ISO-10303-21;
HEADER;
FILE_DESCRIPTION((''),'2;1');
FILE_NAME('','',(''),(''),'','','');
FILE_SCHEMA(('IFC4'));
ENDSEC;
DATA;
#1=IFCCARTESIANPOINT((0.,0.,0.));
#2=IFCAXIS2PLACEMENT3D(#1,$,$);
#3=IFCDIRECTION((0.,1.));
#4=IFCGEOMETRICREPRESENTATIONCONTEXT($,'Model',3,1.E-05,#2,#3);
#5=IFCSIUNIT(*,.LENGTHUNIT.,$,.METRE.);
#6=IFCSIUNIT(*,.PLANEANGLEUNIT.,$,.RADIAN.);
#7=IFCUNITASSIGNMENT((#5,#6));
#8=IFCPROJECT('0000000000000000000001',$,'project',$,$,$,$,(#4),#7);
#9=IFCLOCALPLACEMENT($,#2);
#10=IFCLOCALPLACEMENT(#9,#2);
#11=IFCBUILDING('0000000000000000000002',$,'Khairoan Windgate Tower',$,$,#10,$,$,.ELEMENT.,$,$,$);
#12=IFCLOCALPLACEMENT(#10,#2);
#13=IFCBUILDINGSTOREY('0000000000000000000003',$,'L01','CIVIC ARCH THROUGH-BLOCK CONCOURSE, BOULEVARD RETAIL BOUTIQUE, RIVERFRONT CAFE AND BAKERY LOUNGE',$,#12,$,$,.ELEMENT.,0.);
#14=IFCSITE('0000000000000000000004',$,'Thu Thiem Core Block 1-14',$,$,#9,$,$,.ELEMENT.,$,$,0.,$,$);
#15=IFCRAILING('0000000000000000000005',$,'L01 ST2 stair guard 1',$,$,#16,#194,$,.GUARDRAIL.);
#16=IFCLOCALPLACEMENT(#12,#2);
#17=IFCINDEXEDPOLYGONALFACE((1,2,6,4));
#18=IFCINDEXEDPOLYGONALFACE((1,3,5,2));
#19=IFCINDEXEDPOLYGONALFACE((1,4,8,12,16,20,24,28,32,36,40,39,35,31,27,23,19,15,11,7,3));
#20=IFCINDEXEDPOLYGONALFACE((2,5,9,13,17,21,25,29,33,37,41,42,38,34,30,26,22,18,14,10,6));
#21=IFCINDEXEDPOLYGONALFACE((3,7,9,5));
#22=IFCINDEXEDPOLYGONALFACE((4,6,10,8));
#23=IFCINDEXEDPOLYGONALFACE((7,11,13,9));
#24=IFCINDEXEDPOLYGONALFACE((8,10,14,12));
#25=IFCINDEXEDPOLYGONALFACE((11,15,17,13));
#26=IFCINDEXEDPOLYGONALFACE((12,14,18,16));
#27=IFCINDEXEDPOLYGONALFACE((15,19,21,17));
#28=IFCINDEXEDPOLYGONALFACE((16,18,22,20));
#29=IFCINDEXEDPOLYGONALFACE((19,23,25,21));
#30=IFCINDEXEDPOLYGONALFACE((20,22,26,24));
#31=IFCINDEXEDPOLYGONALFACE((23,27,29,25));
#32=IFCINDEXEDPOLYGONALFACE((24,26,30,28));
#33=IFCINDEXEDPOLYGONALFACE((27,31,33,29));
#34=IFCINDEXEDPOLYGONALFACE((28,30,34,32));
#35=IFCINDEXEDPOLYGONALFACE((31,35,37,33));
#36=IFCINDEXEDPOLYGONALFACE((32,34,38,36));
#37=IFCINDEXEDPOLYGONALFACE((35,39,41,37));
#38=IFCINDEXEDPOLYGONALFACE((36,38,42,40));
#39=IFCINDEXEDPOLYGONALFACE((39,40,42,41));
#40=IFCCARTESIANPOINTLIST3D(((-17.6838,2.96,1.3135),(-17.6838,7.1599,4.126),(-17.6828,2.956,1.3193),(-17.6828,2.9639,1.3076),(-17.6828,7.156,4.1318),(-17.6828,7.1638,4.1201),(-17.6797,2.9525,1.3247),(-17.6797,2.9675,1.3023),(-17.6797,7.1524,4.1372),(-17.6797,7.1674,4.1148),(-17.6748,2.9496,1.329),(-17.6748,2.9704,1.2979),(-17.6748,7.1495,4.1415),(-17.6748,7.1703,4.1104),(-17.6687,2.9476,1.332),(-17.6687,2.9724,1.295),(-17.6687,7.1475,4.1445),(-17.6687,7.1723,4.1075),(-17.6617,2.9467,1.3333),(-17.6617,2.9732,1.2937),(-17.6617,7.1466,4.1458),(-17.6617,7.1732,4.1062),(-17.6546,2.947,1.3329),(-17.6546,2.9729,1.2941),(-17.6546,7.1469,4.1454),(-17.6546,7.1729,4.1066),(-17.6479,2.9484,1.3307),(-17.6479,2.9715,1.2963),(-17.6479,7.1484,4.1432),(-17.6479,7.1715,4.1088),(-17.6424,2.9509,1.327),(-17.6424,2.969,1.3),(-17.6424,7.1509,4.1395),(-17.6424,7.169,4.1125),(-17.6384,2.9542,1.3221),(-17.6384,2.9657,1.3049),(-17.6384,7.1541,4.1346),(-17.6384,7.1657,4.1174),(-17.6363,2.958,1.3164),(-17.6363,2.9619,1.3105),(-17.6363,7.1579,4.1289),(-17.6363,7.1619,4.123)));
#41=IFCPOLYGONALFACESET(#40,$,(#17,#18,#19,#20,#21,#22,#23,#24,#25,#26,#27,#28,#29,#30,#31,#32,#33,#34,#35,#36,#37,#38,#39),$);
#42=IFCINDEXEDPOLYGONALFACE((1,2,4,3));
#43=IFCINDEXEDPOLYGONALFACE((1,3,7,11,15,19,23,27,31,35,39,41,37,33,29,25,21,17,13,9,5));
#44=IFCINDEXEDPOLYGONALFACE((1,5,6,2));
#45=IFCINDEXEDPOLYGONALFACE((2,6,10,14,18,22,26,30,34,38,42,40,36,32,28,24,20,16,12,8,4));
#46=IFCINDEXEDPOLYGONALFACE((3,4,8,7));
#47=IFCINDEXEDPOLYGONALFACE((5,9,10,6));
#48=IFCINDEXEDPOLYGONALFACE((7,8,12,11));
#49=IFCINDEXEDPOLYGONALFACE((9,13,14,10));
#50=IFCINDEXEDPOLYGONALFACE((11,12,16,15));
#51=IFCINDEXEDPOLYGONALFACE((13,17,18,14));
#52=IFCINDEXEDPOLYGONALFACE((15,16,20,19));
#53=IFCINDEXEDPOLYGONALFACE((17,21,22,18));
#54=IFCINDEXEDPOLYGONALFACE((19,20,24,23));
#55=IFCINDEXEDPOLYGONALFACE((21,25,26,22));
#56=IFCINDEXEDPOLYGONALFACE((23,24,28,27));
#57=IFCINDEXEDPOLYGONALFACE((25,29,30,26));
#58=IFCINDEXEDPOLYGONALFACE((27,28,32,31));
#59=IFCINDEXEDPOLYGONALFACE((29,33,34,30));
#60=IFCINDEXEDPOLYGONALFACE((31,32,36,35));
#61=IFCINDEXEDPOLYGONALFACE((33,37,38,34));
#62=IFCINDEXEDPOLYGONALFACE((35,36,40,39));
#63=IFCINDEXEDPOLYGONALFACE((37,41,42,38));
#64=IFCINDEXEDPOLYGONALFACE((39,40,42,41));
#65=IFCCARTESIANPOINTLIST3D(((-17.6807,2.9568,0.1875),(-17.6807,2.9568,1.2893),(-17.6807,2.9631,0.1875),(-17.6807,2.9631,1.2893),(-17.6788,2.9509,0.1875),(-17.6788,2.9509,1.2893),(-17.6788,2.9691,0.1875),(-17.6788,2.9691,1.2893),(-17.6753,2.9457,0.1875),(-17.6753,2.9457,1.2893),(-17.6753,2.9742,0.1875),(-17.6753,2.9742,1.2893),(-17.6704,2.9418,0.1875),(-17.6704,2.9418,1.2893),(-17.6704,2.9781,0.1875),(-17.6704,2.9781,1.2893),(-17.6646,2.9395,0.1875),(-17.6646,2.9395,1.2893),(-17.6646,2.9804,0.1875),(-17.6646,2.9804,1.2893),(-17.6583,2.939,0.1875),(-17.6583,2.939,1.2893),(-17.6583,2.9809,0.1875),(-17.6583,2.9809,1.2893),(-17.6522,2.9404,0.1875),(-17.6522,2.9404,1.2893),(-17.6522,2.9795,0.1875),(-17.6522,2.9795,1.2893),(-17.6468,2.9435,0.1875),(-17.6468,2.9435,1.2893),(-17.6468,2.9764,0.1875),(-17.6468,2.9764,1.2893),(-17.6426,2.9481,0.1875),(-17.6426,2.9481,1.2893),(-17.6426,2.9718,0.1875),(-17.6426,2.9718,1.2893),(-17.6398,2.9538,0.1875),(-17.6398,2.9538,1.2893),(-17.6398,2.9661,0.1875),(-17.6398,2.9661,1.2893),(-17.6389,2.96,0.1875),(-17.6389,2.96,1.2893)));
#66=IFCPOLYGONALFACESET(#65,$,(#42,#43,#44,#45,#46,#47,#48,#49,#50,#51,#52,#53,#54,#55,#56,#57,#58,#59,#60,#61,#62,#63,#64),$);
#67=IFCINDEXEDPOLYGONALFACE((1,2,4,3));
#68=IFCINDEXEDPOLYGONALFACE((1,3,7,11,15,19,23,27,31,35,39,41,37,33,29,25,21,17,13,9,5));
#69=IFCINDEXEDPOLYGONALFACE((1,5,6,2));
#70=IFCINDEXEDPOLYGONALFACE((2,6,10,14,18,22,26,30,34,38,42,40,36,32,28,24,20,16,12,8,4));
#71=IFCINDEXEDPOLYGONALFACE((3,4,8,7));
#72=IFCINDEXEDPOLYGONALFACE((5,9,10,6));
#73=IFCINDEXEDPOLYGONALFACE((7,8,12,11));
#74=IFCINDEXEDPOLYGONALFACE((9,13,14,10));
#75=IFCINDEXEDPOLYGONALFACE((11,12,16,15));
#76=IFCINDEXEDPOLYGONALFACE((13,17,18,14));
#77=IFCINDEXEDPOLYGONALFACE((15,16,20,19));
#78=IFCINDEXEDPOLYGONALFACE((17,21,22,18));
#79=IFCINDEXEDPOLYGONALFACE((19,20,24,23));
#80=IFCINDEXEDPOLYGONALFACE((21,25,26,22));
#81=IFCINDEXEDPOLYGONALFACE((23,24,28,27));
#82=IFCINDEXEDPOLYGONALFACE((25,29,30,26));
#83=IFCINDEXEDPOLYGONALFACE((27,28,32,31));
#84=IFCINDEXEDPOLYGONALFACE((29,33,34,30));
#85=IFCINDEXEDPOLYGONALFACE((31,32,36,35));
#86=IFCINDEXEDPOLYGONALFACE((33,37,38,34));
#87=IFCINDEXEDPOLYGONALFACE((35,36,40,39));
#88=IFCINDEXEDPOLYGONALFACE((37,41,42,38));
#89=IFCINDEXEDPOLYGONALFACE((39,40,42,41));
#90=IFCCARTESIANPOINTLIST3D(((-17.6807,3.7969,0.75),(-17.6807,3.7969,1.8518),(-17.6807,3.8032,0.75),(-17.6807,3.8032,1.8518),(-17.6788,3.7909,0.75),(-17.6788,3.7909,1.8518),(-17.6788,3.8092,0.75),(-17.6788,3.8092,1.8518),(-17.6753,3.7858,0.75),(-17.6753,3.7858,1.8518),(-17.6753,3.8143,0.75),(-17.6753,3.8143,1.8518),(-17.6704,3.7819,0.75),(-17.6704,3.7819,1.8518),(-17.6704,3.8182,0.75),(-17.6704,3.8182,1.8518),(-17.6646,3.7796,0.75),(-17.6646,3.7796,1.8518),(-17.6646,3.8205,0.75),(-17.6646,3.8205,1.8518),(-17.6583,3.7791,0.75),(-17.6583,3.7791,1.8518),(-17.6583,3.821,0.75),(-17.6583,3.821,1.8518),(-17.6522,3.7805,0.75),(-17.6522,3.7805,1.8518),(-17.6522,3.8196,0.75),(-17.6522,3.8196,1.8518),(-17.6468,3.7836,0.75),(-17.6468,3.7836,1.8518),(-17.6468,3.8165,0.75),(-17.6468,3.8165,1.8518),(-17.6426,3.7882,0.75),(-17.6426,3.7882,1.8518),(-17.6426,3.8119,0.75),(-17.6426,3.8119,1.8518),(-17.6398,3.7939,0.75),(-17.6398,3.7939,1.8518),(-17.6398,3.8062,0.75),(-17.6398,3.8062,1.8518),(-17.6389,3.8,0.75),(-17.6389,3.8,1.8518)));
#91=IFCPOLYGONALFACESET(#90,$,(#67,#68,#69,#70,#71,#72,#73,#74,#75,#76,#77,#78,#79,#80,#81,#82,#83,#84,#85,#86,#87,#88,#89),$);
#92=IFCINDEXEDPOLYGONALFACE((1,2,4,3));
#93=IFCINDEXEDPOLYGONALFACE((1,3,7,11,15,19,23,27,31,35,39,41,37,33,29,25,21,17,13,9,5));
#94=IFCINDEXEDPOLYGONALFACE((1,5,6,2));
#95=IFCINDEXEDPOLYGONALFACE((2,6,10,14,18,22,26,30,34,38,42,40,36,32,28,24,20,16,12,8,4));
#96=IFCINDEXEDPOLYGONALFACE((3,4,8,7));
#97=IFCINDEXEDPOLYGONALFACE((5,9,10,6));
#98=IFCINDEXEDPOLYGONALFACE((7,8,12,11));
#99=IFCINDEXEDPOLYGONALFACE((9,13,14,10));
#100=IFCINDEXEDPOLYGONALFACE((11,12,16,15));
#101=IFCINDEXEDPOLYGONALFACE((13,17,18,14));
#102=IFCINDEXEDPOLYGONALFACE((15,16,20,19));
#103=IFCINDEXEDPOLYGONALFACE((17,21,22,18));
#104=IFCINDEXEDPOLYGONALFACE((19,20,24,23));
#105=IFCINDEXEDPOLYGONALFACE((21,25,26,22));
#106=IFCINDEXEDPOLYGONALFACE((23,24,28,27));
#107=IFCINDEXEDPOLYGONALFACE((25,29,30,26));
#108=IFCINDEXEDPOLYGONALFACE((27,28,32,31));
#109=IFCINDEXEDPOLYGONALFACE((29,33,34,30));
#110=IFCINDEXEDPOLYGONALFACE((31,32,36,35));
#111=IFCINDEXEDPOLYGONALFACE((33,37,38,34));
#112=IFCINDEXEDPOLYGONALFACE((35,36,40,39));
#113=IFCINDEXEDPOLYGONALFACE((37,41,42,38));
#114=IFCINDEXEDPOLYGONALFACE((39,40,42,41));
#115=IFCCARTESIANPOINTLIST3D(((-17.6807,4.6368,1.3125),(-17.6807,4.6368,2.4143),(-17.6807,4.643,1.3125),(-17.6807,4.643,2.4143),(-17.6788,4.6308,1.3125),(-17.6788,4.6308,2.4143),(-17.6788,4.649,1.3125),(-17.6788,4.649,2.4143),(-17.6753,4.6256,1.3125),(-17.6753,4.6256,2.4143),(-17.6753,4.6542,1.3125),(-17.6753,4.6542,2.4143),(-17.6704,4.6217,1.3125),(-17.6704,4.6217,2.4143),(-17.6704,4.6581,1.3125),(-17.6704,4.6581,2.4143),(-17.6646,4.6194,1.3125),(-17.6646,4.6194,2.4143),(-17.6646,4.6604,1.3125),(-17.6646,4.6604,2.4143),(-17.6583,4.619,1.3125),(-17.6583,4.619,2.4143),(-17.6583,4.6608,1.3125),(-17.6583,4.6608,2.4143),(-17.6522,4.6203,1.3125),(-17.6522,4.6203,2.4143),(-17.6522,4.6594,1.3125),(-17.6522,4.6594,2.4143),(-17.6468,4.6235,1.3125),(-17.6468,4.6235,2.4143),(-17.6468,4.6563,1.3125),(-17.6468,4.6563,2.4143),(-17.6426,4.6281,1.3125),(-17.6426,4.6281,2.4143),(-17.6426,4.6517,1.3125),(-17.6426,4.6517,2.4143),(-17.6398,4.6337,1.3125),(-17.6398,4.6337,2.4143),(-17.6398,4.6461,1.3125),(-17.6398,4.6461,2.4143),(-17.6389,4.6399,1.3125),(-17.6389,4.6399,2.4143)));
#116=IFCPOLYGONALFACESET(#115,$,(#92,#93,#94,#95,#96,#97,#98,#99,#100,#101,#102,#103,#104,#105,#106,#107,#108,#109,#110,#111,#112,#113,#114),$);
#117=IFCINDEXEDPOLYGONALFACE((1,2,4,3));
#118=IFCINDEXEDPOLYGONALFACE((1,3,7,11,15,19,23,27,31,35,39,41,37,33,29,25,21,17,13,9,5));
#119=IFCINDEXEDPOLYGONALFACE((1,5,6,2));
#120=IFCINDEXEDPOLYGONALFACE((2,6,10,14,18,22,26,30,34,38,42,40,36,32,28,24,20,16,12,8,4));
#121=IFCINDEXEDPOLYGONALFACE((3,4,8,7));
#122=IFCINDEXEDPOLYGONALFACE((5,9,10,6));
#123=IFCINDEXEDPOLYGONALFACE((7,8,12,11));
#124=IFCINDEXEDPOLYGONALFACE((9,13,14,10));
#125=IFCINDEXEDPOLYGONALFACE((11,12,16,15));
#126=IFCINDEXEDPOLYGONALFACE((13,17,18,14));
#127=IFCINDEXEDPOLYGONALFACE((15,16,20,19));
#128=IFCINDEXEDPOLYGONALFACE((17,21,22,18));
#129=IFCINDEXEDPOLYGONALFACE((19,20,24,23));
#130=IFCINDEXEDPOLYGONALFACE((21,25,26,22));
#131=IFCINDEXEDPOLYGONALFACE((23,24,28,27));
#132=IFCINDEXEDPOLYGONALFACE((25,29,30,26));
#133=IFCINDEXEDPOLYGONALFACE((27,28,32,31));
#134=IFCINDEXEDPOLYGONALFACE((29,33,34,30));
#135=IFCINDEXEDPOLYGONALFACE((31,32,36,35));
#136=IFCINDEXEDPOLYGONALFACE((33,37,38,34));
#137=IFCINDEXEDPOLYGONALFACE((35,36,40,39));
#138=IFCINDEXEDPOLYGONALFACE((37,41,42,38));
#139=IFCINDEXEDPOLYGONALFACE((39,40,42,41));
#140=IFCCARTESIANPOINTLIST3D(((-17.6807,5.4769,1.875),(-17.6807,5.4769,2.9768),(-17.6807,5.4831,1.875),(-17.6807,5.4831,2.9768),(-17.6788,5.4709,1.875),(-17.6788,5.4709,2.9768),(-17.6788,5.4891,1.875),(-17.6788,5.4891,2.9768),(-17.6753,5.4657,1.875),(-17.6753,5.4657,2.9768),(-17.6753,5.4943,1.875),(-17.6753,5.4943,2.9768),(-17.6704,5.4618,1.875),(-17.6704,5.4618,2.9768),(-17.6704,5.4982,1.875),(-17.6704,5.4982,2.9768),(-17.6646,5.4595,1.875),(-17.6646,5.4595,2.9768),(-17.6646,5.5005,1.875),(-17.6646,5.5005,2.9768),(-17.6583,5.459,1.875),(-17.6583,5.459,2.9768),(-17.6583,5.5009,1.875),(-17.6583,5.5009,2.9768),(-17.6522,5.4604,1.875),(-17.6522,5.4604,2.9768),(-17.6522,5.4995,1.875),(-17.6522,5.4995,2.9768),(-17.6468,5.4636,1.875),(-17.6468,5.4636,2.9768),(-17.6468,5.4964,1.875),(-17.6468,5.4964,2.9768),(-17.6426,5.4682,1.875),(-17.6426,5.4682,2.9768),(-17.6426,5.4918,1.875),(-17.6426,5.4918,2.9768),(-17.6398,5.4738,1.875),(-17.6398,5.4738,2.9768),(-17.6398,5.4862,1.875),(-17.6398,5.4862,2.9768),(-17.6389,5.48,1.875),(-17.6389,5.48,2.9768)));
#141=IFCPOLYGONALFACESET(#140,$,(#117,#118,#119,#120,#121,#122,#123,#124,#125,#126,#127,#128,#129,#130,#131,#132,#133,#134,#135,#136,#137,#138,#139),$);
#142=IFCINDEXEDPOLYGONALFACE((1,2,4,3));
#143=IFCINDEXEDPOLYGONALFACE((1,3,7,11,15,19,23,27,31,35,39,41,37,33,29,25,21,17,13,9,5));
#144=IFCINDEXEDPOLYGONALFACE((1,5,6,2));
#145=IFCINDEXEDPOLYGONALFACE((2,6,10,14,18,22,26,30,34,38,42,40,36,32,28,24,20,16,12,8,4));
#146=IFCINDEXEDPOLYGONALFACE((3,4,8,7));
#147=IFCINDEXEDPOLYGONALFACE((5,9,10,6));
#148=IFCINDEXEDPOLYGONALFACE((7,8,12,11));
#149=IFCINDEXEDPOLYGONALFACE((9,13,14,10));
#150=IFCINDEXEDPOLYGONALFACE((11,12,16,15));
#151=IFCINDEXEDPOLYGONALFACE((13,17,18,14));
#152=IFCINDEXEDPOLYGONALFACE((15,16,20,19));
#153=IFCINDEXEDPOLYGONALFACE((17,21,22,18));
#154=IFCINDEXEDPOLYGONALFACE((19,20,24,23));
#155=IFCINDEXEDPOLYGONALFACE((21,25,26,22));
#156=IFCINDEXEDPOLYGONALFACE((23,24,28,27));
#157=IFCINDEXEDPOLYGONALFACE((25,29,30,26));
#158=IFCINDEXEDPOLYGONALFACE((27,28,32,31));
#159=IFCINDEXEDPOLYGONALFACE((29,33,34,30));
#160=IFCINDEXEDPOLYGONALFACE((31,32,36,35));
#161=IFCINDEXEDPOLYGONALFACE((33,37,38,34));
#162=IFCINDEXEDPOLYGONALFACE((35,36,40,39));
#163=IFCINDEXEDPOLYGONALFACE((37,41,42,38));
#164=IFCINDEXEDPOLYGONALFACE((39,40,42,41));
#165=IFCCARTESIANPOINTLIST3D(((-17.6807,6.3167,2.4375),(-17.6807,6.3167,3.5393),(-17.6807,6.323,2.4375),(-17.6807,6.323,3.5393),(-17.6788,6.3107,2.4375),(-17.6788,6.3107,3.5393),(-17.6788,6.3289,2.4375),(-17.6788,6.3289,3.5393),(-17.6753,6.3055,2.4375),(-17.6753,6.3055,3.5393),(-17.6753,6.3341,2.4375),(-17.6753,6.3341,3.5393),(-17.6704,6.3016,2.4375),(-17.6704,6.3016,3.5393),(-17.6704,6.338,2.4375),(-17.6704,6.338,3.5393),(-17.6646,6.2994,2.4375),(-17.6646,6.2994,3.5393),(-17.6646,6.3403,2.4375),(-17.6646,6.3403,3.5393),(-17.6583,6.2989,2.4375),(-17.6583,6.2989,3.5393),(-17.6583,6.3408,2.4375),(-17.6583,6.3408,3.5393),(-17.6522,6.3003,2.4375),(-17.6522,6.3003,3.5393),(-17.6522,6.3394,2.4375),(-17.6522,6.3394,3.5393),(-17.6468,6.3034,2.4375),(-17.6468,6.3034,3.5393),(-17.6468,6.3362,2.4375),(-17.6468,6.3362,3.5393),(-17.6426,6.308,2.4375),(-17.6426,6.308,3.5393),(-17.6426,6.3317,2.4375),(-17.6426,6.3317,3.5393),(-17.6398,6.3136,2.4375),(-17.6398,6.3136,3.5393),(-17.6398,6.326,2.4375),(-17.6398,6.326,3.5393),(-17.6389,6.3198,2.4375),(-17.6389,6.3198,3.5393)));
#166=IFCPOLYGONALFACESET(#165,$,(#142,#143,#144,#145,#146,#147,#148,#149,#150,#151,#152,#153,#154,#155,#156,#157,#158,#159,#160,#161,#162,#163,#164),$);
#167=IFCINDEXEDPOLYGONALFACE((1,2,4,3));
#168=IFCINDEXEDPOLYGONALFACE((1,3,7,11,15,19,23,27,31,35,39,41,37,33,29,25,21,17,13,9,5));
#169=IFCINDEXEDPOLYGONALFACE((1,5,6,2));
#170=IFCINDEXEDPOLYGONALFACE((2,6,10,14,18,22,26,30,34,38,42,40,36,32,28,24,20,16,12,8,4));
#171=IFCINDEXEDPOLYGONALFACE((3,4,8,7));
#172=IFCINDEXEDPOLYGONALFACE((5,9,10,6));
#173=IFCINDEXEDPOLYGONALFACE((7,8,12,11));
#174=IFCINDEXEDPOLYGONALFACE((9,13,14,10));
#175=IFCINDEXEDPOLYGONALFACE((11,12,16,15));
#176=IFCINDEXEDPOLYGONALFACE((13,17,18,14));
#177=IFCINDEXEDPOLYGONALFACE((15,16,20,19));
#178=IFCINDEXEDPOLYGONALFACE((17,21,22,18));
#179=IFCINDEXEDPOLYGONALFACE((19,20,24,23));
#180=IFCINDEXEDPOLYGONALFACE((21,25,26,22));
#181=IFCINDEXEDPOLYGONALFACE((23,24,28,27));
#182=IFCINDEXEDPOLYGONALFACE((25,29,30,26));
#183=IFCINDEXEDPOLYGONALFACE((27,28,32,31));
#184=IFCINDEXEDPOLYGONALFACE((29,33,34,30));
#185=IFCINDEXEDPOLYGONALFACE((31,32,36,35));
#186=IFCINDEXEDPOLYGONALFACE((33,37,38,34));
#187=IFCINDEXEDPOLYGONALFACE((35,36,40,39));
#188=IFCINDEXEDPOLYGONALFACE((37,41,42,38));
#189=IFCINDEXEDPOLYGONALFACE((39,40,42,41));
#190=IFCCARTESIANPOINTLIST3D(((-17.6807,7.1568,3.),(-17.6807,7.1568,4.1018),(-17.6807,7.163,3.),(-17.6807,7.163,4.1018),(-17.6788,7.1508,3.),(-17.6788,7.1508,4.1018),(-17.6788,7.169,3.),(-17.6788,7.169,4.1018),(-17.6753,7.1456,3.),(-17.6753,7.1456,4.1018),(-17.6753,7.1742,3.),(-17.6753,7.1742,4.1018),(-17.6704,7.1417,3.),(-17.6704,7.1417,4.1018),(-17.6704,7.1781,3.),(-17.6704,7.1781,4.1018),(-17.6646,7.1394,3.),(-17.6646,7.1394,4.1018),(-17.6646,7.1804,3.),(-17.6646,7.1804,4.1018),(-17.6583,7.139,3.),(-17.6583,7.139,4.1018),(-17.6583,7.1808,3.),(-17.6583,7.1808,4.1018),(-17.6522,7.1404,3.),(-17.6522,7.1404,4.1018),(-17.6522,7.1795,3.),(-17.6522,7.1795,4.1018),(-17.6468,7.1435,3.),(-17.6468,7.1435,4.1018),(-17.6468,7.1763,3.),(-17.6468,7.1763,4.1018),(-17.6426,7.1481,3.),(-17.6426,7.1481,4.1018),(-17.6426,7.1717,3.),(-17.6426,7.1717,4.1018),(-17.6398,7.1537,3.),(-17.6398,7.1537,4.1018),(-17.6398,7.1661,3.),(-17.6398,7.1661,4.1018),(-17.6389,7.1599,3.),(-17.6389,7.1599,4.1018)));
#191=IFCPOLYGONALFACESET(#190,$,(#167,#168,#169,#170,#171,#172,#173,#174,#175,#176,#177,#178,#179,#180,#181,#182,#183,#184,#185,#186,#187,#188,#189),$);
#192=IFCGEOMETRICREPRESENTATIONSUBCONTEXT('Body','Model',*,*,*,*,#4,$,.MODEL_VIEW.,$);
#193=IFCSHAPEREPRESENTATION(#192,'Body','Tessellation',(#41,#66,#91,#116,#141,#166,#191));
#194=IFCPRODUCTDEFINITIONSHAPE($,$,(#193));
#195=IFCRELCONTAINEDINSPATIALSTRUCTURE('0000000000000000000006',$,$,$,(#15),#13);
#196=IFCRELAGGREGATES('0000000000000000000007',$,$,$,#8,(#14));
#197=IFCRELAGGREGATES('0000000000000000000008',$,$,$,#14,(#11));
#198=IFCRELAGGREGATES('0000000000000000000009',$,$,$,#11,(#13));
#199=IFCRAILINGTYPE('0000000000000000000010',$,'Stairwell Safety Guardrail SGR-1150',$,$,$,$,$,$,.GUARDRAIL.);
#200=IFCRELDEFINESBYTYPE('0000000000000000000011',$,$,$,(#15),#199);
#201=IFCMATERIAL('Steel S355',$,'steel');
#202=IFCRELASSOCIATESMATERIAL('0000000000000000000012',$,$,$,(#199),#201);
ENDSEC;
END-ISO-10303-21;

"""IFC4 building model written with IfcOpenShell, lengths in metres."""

from ifc_helpers import new_model, si_unit, direction, frame, origin, origin_2d, place, context, subcontext, project, spatial, circle, extrude, material, type_object, element, save


model = new_model("IFC4")

# Units and contexts
model_context = context("Model", 3, precision=1e-05, world=origin(), true_north=direction((0.0, 1.0)))
body_context = subcontext(model_context, "Body", "Model", "MODEL_VIEW")
ifc_project = project(units=[si_unit("LENGTHUNIT", "METRE"), si_unit("PLANEANGLEUNIT", "RADIAN")], contexts=[model_context])

# Site, building, storey
site_placement = place(None, origin())
site = spatial("IfcSite", under=ifc_project, at=site_placement, Name="Thu Thiem Core Block 1-14", CompositionType="ELEMENT", RefElevation=0.0)
building_placement = place(site_placement, origin())
building = spatial("IfcBuilding", under=site, at=building_placement, Name="Khairoan Windgate Tower", CompositionType="ELEMENT")
storey_placement = place(building_placement, origin())
storey = spatial("IfcBuildingStorey", under=building, at=storey_placement, Name="L01", Description="CIVIC ARCH THROUGH-BLOCK CONCOURSE, BOULEVARD RETAIL BOUTIQUE, RIVERFRONT CAFE AND BAKERY LOUNGE", CompositionType="ELEMENT", Elevation=0.0)

# Railing
ifc_material_1 = material(Name="Steel S355", Category="steel")
railing_type_1 = type_object("IfcRailingType", Name="Stairwell Safety Guardrail SGR-1150", PredefinedType="GUARDRAIL", material=ifc_material_1)
railing_1_placement = place(storey_placement, frame((-17.6599, 2.96, 0.1875)))
element("IfcRailing", 1, at=railing_1_placement, inside=storey, type_object=railing_type_1, Name="L01 ST2 stair guard 1", PredefinedType="GUARDRAIL", context=body_context, shape_type="SweptSolid", body=[
    extrude(circle(Radius=0.0239, at=origin_2d()), frame((0.0, 0.0, 1.126), z_axis=(0.0, 0.830904, 0.556416), x_axis=(-1.0, 0.0, 0.0)), (0.0, 0.0, 1.0), 5.0547),
    extrude(circle(Radius=0.021, at=origin_2d()), origin(), (0.0, 0.0, 1.0), 1.1018),
    extrude(circle(Radius=0.021, at=origin_2d()), frame((0.0, 0.8401, 0.5625)), (0.0, 0.0, 1.0), 1.1018),
    extrude(circle(Radius=0.021, at=origin_2d()), frame((0.0, 1.6799, 1.125)), (0.0, 0.0, 1.0), 1.1018),
    extrude(circle(Radius=0.021, at=origin_2d()), frame((0.0, 2.52, 1.6875)), (0.0, 0.0, 1.0), 1.1018),
    extrude(circle(Radius=0.021, at=origin_2d()), frame((0.0, 3.3599, 2.25)), (0.0, 0.0, 1.0), 1.1018),
    extrude(circle(Radius=0.021, at=origin_2d()), frame((0.0, 4.2, 2.8125)), (0.0, 0.0, 1.0), 1.1018),
])

save(model, "model.ifc")
